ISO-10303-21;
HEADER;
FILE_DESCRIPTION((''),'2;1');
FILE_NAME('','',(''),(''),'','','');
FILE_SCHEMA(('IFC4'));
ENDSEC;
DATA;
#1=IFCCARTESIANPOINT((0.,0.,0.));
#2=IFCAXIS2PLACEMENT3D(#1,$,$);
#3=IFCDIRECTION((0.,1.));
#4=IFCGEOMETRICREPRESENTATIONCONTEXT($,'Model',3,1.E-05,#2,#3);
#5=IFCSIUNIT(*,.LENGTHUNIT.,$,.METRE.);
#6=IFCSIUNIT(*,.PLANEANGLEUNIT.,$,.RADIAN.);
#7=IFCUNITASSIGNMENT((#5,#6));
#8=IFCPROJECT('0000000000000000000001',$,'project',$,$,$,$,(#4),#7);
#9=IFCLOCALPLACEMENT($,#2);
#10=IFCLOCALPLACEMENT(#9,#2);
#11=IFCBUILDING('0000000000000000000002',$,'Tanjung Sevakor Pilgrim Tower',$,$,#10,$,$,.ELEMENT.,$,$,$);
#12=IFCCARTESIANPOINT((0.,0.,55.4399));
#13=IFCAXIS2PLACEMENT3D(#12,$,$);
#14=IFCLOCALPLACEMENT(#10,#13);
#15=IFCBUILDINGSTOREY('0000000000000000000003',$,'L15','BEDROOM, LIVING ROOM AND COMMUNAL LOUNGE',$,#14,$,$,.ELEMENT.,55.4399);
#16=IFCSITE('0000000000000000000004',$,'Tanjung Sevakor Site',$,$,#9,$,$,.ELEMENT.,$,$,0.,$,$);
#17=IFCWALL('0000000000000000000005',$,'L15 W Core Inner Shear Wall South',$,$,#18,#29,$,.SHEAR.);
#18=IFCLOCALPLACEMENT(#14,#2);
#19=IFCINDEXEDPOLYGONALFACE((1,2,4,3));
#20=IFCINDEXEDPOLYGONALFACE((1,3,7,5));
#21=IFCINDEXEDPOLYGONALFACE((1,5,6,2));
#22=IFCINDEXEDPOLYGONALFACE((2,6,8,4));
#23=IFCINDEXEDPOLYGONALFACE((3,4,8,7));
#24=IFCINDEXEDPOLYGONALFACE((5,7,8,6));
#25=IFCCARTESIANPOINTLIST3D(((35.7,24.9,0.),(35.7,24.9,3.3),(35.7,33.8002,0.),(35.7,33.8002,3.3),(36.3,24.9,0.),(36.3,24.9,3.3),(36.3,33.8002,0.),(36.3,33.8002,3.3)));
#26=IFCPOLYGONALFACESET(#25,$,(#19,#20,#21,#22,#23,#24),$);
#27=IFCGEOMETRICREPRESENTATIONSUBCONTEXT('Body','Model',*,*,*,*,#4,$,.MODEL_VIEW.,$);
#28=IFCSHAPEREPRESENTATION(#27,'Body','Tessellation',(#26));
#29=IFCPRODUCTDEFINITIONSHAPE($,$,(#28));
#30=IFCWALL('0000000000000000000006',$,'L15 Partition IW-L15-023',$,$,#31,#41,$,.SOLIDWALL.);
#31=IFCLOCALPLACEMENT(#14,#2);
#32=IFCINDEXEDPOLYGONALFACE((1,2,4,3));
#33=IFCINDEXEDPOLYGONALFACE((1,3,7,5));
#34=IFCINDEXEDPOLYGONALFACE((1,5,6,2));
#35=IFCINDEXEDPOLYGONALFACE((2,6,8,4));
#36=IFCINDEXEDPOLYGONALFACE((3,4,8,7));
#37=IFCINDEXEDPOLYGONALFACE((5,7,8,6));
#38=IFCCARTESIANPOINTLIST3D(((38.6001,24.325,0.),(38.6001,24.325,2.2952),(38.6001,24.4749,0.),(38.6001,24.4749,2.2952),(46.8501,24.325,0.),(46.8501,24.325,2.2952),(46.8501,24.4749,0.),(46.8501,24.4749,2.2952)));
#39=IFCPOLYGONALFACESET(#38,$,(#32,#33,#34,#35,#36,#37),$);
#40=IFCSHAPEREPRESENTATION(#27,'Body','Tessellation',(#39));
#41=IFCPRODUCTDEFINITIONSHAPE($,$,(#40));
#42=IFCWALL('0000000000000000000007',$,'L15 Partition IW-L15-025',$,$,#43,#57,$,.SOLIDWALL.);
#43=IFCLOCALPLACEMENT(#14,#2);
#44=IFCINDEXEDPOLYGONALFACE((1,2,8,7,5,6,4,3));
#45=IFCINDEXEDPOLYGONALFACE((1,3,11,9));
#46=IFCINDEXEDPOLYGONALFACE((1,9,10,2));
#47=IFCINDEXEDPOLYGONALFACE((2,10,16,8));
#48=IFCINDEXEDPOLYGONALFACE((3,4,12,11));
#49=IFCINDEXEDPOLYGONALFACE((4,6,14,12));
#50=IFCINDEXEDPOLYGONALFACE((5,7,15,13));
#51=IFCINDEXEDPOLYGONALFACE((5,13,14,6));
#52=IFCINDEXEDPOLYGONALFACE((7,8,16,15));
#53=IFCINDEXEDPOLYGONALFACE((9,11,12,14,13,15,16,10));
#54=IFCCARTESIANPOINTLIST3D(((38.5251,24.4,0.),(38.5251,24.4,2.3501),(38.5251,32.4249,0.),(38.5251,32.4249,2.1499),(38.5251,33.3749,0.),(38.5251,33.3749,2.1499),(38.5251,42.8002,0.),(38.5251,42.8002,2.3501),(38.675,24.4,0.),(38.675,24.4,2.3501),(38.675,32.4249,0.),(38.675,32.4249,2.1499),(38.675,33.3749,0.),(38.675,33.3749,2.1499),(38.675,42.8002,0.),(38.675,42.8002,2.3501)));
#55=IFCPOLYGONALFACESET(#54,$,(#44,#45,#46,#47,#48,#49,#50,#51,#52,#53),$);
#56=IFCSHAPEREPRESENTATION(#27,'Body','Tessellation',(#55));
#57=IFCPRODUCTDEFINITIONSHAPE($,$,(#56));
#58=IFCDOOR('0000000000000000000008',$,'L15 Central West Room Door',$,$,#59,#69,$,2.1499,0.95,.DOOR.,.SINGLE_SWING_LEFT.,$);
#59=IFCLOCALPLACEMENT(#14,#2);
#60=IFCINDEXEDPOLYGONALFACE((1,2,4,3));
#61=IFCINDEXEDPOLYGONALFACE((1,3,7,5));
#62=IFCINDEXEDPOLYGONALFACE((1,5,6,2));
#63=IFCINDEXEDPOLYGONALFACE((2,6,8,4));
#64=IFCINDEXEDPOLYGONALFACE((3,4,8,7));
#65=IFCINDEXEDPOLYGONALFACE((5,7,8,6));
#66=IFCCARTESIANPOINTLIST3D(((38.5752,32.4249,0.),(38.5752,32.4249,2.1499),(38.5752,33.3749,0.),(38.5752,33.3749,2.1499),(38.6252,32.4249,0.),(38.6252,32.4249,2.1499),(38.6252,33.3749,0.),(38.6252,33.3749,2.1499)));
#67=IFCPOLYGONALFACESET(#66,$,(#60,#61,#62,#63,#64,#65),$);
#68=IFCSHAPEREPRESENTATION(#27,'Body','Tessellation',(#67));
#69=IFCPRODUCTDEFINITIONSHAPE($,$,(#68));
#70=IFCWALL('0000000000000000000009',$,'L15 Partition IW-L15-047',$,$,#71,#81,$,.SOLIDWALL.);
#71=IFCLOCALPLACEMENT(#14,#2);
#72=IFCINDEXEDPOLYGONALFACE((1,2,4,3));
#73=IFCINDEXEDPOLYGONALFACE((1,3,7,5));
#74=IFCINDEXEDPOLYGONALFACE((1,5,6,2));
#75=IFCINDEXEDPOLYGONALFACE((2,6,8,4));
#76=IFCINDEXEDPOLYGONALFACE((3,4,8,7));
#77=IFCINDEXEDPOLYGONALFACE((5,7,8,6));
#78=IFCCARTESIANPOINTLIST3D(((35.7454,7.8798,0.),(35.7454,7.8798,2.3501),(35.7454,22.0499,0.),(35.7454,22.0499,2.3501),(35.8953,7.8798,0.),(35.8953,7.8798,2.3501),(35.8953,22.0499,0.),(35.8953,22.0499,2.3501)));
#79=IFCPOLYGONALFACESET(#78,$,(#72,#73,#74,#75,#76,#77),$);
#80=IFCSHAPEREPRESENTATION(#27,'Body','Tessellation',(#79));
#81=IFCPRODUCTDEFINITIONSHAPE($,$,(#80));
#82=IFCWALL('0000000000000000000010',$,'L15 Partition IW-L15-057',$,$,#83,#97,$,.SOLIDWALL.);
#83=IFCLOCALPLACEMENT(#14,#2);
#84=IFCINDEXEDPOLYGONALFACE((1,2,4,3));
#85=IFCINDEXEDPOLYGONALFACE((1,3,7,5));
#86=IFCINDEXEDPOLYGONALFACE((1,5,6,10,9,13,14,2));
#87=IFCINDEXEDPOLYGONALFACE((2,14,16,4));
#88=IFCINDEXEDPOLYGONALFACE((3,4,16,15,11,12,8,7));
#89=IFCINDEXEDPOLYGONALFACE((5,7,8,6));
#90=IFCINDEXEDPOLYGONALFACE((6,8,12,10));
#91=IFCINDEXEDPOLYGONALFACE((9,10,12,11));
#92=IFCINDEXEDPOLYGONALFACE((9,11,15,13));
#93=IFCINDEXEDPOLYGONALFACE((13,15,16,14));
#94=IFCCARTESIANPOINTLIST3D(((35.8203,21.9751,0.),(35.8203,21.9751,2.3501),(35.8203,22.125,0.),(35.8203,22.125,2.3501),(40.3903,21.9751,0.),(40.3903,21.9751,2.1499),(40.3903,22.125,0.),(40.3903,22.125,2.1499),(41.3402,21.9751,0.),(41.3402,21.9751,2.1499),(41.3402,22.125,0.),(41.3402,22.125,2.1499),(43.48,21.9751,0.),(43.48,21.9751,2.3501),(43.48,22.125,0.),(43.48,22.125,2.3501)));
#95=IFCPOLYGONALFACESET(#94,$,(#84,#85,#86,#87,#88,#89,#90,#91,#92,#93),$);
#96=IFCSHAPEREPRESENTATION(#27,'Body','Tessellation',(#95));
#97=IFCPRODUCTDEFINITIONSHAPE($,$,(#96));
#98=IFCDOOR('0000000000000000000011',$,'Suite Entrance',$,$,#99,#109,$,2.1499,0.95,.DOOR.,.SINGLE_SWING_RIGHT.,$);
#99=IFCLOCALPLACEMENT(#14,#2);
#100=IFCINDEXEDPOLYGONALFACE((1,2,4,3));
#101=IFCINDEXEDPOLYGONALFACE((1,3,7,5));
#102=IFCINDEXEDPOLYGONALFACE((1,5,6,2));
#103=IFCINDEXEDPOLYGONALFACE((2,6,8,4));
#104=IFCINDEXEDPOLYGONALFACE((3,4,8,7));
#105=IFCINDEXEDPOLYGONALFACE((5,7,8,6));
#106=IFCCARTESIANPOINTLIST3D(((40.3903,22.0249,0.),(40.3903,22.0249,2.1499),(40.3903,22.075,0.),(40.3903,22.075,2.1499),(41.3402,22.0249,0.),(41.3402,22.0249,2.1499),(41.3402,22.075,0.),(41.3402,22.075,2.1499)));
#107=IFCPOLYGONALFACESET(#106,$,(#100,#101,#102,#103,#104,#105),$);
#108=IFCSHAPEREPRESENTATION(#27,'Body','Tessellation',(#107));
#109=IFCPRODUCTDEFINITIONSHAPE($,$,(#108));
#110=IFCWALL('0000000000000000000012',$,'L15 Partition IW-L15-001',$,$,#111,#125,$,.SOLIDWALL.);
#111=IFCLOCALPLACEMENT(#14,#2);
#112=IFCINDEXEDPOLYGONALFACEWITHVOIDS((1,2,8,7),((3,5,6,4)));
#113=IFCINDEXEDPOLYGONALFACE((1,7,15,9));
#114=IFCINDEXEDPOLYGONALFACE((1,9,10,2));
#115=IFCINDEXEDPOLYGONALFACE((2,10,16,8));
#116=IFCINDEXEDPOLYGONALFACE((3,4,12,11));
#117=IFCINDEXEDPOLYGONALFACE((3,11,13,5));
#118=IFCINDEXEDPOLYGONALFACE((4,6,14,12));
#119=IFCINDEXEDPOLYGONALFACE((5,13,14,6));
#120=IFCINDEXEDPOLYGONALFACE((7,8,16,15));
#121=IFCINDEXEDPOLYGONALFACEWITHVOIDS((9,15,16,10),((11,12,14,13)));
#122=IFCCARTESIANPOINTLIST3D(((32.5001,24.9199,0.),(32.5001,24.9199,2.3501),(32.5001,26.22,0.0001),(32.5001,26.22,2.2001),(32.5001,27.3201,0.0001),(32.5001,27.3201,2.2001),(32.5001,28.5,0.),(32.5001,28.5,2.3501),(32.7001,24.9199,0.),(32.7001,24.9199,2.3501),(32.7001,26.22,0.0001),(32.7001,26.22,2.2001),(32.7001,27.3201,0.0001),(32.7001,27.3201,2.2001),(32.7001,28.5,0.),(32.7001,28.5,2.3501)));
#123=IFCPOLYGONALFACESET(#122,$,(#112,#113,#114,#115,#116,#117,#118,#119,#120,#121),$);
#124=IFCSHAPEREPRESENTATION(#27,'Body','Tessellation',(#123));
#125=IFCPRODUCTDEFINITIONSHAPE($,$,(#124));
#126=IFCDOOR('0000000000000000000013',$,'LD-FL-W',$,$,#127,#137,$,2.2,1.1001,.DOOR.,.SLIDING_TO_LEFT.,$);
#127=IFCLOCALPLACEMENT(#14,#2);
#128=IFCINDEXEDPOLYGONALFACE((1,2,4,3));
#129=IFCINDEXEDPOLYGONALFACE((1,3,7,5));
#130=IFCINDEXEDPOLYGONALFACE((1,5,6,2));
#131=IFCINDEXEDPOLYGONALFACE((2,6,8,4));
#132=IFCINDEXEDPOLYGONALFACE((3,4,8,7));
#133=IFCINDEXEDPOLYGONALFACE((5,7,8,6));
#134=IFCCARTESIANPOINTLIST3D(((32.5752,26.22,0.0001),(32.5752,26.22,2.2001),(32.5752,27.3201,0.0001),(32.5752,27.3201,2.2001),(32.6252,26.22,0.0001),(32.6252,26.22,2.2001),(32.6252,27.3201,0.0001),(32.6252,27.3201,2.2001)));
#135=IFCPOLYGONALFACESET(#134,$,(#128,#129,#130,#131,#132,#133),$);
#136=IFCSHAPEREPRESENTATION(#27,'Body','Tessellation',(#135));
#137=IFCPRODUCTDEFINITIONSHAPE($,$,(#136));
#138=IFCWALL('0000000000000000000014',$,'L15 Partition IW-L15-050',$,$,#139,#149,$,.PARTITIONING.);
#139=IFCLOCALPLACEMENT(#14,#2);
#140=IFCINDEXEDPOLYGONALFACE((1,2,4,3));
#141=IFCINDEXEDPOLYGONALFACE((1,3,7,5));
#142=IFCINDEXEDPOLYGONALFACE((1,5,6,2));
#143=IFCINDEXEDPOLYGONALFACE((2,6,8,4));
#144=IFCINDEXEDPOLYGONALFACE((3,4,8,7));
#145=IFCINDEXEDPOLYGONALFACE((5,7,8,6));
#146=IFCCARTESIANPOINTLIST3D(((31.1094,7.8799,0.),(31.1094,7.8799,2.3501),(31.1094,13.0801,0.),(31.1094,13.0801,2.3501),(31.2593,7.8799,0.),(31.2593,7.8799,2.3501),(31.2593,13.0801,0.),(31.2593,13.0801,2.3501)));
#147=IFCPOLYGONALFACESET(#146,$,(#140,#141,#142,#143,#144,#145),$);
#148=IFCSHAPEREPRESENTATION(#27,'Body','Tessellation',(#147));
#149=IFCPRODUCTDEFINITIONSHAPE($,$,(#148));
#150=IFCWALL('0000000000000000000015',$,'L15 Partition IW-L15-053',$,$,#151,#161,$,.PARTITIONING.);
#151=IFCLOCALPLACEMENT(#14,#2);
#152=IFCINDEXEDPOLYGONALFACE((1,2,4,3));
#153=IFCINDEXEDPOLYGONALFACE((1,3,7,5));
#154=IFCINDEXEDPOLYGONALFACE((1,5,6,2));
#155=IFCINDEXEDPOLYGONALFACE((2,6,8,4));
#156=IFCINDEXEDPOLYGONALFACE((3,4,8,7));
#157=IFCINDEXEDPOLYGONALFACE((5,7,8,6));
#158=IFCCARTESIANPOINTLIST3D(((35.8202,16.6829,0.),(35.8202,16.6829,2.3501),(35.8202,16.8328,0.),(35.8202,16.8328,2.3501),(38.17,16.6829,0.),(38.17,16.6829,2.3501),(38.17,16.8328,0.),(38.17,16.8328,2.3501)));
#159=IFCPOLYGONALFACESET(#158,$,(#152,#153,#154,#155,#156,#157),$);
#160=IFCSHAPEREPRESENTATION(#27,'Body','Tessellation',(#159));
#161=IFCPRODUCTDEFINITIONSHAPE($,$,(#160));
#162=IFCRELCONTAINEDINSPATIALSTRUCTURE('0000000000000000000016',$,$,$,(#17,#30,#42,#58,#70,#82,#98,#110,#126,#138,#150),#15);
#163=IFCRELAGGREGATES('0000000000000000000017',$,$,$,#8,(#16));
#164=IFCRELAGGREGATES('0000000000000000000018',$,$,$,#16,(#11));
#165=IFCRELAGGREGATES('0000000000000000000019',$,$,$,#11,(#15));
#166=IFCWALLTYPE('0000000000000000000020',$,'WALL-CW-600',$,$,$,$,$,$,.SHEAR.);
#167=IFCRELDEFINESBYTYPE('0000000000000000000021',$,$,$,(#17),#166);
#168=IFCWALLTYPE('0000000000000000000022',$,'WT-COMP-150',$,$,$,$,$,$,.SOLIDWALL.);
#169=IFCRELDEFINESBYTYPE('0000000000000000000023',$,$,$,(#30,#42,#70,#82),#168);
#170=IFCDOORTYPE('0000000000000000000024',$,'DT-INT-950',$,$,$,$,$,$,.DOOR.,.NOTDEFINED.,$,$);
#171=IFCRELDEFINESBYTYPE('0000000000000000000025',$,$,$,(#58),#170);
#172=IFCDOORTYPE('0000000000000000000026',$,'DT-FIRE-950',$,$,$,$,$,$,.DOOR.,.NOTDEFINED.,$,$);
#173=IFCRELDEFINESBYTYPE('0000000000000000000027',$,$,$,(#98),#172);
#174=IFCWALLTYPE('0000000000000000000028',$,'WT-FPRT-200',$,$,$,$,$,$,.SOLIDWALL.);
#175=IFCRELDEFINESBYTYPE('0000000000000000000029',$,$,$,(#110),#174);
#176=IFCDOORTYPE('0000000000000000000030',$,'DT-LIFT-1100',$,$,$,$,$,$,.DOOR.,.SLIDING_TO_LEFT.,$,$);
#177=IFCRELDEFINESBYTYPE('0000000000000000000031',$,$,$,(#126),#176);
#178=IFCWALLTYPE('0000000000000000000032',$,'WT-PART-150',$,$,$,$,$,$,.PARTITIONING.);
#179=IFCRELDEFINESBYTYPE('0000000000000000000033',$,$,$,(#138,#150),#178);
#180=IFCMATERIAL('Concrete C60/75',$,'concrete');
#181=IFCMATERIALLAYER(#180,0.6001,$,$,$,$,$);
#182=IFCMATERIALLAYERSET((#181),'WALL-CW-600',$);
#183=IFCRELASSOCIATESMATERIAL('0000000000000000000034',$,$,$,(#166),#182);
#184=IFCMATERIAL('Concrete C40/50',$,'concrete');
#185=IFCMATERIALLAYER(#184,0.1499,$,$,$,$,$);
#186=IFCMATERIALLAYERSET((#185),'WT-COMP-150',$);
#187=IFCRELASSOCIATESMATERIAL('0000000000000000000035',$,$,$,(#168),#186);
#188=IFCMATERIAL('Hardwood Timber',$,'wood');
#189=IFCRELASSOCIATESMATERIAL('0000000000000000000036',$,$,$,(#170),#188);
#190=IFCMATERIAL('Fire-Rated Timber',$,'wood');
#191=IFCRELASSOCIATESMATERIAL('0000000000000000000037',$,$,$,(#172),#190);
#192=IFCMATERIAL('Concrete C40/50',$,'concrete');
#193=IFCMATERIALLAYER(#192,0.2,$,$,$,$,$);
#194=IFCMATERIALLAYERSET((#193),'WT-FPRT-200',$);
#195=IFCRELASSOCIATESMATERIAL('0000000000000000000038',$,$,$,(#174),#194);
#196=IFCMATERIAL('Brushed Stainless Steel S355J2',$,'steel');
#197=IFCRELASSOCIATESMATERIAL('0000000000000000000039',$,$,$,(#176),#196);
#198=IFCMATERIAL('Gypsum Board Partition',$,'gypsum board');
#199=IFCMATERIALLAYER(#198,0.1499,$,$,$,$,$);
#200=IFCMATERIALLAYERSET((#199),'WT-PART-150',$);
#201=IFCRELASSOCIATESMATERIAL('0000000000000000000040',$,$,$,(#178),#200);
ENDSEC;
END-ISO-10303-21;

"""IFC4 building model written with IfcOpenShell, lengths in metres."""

from ifc_helpers import new_model, si_unit, direction, frame, frame_2d, origin, place, context, subcontext, project, spatial, rectangle, extrude, material, layer, layer_set, type_object, element, fill, save


model = new_model("IFC4")

# Units and contexts
model_context = context("Model", 3, precision=1e-05, world=origin(), true_north=direction((0.0, 1.0)))
body_context = subcontext(model_context, "Body", "Model", "MODEL_VIEW")
ifc_project = project(units=[si_unit("LENGTHUNIT", "METRE"), si_unit("PLANEANGLEUNIT", "RADIAN")], contexts=[model_context])

# Site, building, storey
site_placement = place(None, origin())
site = spatial("IfcSite", under=ifc_project, at=site_placement, Name="Tanjung Sevakor Site", CompositionType="ELEMENT", RefElevation=0.0)
building_placement = place(site_placement, origin())
building = spatial("IfcBuilding", under=site, at=building_placement, Name="Tanjung Sevakor Pilgrim Tower", CompositionType="ELEMENT")
storey_placement = place(building_placement, frame((0.0, 0.0, 55.4399)))
storey = spatial("IfcBuildingStorey", under=building, at=storey_placement, Name="L15", Description="BEDROOM, LIVING ROOM AND COMMUNAL LOUNGE", CompositionType="ELEMENT", Elevation=55.4399)

# Walls
ifc_material_1 = material(Name="Concrete C60/75", Category="concrete")
ifc_layer_1 = layer(ifc_material_1, 0.6001)
ifc_layer_set_1 = layer_set([ifc_layer_1], Name="WALL-CW-600")
wall_type_1 = type_object("IfcWallType", Name="WALL-CW-600", PredefinedType="SHEAR", material=ifc_layer_set_1)
wall_1_placement = place(storey_placement, frame((36.0, 24.8999, 0.0), z_axis=(0.0, 0.0, 1.0), x_axis=(0.0, 1.0, 0.0)))
element("IfcWall", 1, at=wall_1_placement, inside=storey, type_object=wall_type_1, Name="L15 W Core Inner Shear Wall South", PredefinedType="SHEAR", context=body_context, shape_type="SweptSolid", body=[
    extrude(rectangle(XDim=8.9001, YDim=0.6001, at=frame_2d((4.4502, 0.0))), origin(), (0.0, 0.0, 1.0), 3.3),
])
ifc_material_2 = material(Name="Concrete C40/50", Category="concrete")
ifc_layer_2 = layer(ifc_material_2, 0.1499)
ifc_layer_set_2 = layer_set([ifc_layer_2], Name="WT-COMP-150")
wall_type_2 = type_object("IfcWallType", Name="WT-COMP-150", PredefinedType="SOLIDWALL", material=ifc_layer_set_2)
wall_2_placement = place(storey_placement, frame((38.6001, 24.3999, 0.0), z_axis=(0.0, 0.0, 1.0), x_axis=(1.0, 0.0, 0.0)))
element("IfcWall", 2, at=wall_2_placement, inside=storey, type_object=wall_type_2, Name="L15 Partition IW-L15-023", PredefinedType="SOLIDWALL", context=body_context, shape_type="SweptSolid", body=[
    extrude(rectangle(XDim=8.25, YDim=0.1499, at=frame_2d((4.125, 0.0))), origin(), (0.0, 0.0, 1.0), 2.2952),
])

# Wall, opening, door
wall_3_placement = place(storey_placement, frame((38.6001, 24.3999, 0.0), z_axis=(0.0, 0.0, 1.0), x_axis=(0.0, 1.0, 0.0)))
wall_3 = element("IfcWall", 3, at=wall_3_placement, inside=storey, type_object=wall_type_2, Name="L15 Partition IW-L15-025", PredefinedType="SOLIDWALL", context=body_context, shape_type="SweptSolid", body=[
    extrude(rectangle(XDim=18.4001, YDim=0.1499, at=frame_2d((9.2002, 0.0))), origin(), (0.0, 0.0, 1.0), 2.3501),
])
opening_1_placement = place(wall_3_placement, frame((8.0249, 0.0, 0.0)))
opening_1 = element("IfcOpeningElement", 4, at=opening_1_placement, cuts=wall_3, PredefinedType="OPENING", context=body_context, shape_type="SweptSolid", body=[
    extrude(rectangle(XDim=0.95, YDim=2.1499, at=frame_2d((0.4751, 1.075))), frame((0.0, 0.085, 0.0), z_axis=(0.0, -1.0, 0.0), x_axis=(1.0, 0.0, 0.0)), (0.0, 0.0, 1.0), 0.1699),
])
ifc_material_3 = material(Name="Hardwood Timber", Category="wood")
door_type_1 = type_object("IfcDoorType", Name="DT-INT-950", OperationType="NOTDEFINED", PredefinedType="DOOR", material=ifc_material_3)
door_1_placement = place(opening_1_placement, origin())
door_1 = element("IfcDoor", 5, at=door_1_placement, inside=storey, type_object=door_type_1, Name="L15 Central West Room Door", OperationType="SINGLE_SWING_LEFT", OverallHeight=2.1499, OverallWidth=0.95, PredefinedType="DOOR", context=body_context, shape_type="SweptSolid", body=[
    extrude(rectangle(XDim=0.95, YDim=2.1499, at=frame_2d((0.4751, 1.075))), frame((0.0, 0.0249, 0.0), z_axis=(0.0, -1.0, 0.0), x_axis=(1.0, 0.0, 0.0)), (0.0, 0.0, 1.0), 0.05),
])
fill(opening_1, door_1)

# Wall
wall_4_placement = place(storey_placement, frame((35.8203, 7.8799, 0.0), z_axis=(0.0, 0.0, 1.0), x_axis=(0.0, 1.0, 0.0)))
element("IfcWall", 6, at=wall_4_placement, inside=storey, type_object=wall_type_2, Name="L15 Partition IW-L15-047", PredefinedType="SOLIDWALL", context=body_context, shape_type="SweptSolid", body=[
    extrude(rectangle(XDim=14.1702, YDim=0.1499, at=frame_2d((7.085, 0.0))), origin(), (0.0, 0.0, 1.0), 2.3501),
])

# Walls, openings, doors
wall_5_placement = place(storey_placement, frame((35.8203, 22.05, 0.0), z_axis=(0.0, 0.0, 1.0), x_axis=(1.0, 0.0, 0.0)))
wall_5 = element("IfcWall", 7, at=wall_5_placement, inside=storey, type_object=wall_type_2, Name="L15 Partition IW-L15-057", PredefinedType="SOLIDWALL", context=body_context, shape_type="SweptSolid", body=[
    extrude(rectangle(XDim=7.6597, YDim=0.1499, at=frame_2d((3.8298, 0.0))), origin(), (0.0, 0.0, 1.0), 2.3501),
])
opening_2_placement = place(wall_5_placement, frame((4.5698, 0.0, 0.0)))
opening_2 = element("IfcOpeningElement", 8, at=opening_2_placement, cuts=wall_5, PredefinedType="OPENING", context=body_context, shape_type="SweptSolid", body=[
    extrude(rectangle(XDim=0.95, YDim=2.1499, at=frame_2d((0.4751, 1.075))), frame((0.0, 0.085, 0.0), z_axis=(0.0, -1.0, 0.0), x_axis=(1.0, 0.0, 0.0)), (0.0, 0.0, 1.0), 0.1699),
])
ifc_material_4 = material(Name="Fire-Rated Timber", Category="wood")
door_type_2 = type_object("IfcDoorType", Name="DT-FIRE-950", OperationType="NOTDEFINED", PredefinedType="DOOR", material=ifc_material_4)
door_2_placement = place(opening_2_placement, origin())
door_2 = element("IfcDoor", 9, at=door_2_placement, inside=storey, type_object=door_type_2, Name="Suite Entrance", OperationType="SINGLE_SWING_RIGHT", OverallHeight=2.1499, OverallWidth=0.95, PredefinedType="DOOR", context=body_context, shape_type="SweptSolid", body=[
    extrude(rectangle(XDim=0.95, YDim=2.1499, at=frame_2d((0.4751, 1.075))), frame((0.0, 0.0249, 0.0), z_axis=(0.0, -1.0, 0.0), x_axis=(1.0, 0.0, 0.0)), (0.0, 0.0, 1.0), 0.05),
])
fill(opening_2, door_2)
ifc_material_5 = material(Name="Concrete C40/50", Category="concrete")
ifc_layer_3 = layer(ifc_material_5, 0.2)
ifc_layer_set_3 = layer_set([ifc_layer_3], Name="WT-FPRT-200")
wall_type_3 = type_object("IfcWallType", Name="WT-FPRT-200", PredefinedType="SOLIDWALL", material=ifc_layer_set_3)
wall_6_placement = place(storey_placement, frame((32.6001, 24.9199, 0.0), z_axis=(0.0, 0.0, 1.0), x_axis=(0.0, 1.0, 0.0)))
wall_6 = element("IfcWall", 10, at=wall_6_placement, inside=storey, type_object=wall_type_3, Name="L15 Partition IW-L15-001", PredefinedType="SOLIDWALL", context=body_context, shape_type="SweptSolid", body=[
    extrude(rectangle(XDim=3.5801, YDim=0.2, at=frame_2d((1.79, 0.0))), origin(), (0.0, 0.0, 1.0), 2.3501),
])
opening_3_placement = place(wall_6_placement, frame((1.3, 0.0, 0.0)))
opening_3 = element("IfcOpeningElement", 11, at=opening_3_placement, cuts=wall_6, PredefinedType="OPENING", context=body_context, shape_type="SweptSolid", body=[
    extrude(rectangle(XDim=1.1001, YDim=2.2, at=frame_2d((0.55, 1.1001))), frame((0.0, 0.1099, 0.0), z_axis=(0.0, -1.0, 0.0), x_axis=(1.0, 0.0, 0.0)), (0.0, 0.0, 1.0), 0.22),
])
ifc_material_6 = material(Name="Brushed Stainless Steel S355J2", Category="steel")
door_type_3 = type_object("IfcDoorType", Name="DT-LIFT-1100", OperationType="SLIDING_TO_LEFT", PredefinedType="DOOR", material=ifc_material_6)
door_3_placement = place(opening_3_placement, origin())
door_3 = element("IfcDoor", 12, at=door_3_placement, inside=storey, type_object=door_type_3, Name="LD-FL-W", OperationType="SLIDING_TO_LEFT", OverallHeight=2.2, OverallWidth=1.1001, PredefinedType="DOOR", context=body_context, shape_type="SweptSolid", body=[
    extrude(rectangle(XDim=1.1001, YDim=2.2, at=frame_2d((0.55, 1.1001))), frame((0.0, 0.0249, 0.0), z_axis=(0.0, -1.0, 0.0), x_axis=(1.0, 0.0, 0.0)), (0.0, 0.0, 1.0), 0.05),
])
fill(opening_3, door_3)

# Walls
ifc_material_7 = material(Name="Gypsum Board Partition", Category="gypsum board")
ifc_layer_4 = layer(ifc_material_7, 0.1499)
ifc_layer_set_4 = layer_set([ifc_layer_4], Name="WT-PART-150")
wall_type_4 = type_object("IfcWallType", Name="WT-PART-150", PredefinedType="PARTITIONING", material=ifc_layer_set_4)
wall_7_placement = place(storey_placement, frame((31.1843, 7.8799, 0.0), z_axis=(0.0, 0.0, 1.0), x_axis=(0.0, 1.0, 0.0)))
element("IfcWall", 13, at=wall_7_placement, inside=storey, type_object=wall_type_4, Name="L15 Partition IW-L15-050", PredefinedType="PARTITIONING", context=body_context, shape_type="SweptSolid", body=[
    extrude(rectangle(XDim=5.2002, YDim=0.1499, at=frame_2d((2.6001, 0.0))), origin(), (0.0, 0.0, 1.0), 2.3501),
])
wall_8_placement = place(storey_placement, frame((35.8203, 16.7578, 0.0), z_axis=(0.0, 0.0, 1.0), x_axis=(1.0, 0.0, 0.0)))
element("IfcWall", 14, at=wall_8_placement, inside=storey, type_object=wall_type_4, Name="L15 Partition IW-L15-053", PredefinedType="PARTITIONING", context=body_context, shape_type="SweptSolid", body=[
    extrude(rectangle(XDim=2.3499, YDim=0.1499, at=frame_2d((1.1748, 0.0))), origin(), (0.0, 0.0, 1.0), 2.3501),
])

save(model, "model.ifc")
